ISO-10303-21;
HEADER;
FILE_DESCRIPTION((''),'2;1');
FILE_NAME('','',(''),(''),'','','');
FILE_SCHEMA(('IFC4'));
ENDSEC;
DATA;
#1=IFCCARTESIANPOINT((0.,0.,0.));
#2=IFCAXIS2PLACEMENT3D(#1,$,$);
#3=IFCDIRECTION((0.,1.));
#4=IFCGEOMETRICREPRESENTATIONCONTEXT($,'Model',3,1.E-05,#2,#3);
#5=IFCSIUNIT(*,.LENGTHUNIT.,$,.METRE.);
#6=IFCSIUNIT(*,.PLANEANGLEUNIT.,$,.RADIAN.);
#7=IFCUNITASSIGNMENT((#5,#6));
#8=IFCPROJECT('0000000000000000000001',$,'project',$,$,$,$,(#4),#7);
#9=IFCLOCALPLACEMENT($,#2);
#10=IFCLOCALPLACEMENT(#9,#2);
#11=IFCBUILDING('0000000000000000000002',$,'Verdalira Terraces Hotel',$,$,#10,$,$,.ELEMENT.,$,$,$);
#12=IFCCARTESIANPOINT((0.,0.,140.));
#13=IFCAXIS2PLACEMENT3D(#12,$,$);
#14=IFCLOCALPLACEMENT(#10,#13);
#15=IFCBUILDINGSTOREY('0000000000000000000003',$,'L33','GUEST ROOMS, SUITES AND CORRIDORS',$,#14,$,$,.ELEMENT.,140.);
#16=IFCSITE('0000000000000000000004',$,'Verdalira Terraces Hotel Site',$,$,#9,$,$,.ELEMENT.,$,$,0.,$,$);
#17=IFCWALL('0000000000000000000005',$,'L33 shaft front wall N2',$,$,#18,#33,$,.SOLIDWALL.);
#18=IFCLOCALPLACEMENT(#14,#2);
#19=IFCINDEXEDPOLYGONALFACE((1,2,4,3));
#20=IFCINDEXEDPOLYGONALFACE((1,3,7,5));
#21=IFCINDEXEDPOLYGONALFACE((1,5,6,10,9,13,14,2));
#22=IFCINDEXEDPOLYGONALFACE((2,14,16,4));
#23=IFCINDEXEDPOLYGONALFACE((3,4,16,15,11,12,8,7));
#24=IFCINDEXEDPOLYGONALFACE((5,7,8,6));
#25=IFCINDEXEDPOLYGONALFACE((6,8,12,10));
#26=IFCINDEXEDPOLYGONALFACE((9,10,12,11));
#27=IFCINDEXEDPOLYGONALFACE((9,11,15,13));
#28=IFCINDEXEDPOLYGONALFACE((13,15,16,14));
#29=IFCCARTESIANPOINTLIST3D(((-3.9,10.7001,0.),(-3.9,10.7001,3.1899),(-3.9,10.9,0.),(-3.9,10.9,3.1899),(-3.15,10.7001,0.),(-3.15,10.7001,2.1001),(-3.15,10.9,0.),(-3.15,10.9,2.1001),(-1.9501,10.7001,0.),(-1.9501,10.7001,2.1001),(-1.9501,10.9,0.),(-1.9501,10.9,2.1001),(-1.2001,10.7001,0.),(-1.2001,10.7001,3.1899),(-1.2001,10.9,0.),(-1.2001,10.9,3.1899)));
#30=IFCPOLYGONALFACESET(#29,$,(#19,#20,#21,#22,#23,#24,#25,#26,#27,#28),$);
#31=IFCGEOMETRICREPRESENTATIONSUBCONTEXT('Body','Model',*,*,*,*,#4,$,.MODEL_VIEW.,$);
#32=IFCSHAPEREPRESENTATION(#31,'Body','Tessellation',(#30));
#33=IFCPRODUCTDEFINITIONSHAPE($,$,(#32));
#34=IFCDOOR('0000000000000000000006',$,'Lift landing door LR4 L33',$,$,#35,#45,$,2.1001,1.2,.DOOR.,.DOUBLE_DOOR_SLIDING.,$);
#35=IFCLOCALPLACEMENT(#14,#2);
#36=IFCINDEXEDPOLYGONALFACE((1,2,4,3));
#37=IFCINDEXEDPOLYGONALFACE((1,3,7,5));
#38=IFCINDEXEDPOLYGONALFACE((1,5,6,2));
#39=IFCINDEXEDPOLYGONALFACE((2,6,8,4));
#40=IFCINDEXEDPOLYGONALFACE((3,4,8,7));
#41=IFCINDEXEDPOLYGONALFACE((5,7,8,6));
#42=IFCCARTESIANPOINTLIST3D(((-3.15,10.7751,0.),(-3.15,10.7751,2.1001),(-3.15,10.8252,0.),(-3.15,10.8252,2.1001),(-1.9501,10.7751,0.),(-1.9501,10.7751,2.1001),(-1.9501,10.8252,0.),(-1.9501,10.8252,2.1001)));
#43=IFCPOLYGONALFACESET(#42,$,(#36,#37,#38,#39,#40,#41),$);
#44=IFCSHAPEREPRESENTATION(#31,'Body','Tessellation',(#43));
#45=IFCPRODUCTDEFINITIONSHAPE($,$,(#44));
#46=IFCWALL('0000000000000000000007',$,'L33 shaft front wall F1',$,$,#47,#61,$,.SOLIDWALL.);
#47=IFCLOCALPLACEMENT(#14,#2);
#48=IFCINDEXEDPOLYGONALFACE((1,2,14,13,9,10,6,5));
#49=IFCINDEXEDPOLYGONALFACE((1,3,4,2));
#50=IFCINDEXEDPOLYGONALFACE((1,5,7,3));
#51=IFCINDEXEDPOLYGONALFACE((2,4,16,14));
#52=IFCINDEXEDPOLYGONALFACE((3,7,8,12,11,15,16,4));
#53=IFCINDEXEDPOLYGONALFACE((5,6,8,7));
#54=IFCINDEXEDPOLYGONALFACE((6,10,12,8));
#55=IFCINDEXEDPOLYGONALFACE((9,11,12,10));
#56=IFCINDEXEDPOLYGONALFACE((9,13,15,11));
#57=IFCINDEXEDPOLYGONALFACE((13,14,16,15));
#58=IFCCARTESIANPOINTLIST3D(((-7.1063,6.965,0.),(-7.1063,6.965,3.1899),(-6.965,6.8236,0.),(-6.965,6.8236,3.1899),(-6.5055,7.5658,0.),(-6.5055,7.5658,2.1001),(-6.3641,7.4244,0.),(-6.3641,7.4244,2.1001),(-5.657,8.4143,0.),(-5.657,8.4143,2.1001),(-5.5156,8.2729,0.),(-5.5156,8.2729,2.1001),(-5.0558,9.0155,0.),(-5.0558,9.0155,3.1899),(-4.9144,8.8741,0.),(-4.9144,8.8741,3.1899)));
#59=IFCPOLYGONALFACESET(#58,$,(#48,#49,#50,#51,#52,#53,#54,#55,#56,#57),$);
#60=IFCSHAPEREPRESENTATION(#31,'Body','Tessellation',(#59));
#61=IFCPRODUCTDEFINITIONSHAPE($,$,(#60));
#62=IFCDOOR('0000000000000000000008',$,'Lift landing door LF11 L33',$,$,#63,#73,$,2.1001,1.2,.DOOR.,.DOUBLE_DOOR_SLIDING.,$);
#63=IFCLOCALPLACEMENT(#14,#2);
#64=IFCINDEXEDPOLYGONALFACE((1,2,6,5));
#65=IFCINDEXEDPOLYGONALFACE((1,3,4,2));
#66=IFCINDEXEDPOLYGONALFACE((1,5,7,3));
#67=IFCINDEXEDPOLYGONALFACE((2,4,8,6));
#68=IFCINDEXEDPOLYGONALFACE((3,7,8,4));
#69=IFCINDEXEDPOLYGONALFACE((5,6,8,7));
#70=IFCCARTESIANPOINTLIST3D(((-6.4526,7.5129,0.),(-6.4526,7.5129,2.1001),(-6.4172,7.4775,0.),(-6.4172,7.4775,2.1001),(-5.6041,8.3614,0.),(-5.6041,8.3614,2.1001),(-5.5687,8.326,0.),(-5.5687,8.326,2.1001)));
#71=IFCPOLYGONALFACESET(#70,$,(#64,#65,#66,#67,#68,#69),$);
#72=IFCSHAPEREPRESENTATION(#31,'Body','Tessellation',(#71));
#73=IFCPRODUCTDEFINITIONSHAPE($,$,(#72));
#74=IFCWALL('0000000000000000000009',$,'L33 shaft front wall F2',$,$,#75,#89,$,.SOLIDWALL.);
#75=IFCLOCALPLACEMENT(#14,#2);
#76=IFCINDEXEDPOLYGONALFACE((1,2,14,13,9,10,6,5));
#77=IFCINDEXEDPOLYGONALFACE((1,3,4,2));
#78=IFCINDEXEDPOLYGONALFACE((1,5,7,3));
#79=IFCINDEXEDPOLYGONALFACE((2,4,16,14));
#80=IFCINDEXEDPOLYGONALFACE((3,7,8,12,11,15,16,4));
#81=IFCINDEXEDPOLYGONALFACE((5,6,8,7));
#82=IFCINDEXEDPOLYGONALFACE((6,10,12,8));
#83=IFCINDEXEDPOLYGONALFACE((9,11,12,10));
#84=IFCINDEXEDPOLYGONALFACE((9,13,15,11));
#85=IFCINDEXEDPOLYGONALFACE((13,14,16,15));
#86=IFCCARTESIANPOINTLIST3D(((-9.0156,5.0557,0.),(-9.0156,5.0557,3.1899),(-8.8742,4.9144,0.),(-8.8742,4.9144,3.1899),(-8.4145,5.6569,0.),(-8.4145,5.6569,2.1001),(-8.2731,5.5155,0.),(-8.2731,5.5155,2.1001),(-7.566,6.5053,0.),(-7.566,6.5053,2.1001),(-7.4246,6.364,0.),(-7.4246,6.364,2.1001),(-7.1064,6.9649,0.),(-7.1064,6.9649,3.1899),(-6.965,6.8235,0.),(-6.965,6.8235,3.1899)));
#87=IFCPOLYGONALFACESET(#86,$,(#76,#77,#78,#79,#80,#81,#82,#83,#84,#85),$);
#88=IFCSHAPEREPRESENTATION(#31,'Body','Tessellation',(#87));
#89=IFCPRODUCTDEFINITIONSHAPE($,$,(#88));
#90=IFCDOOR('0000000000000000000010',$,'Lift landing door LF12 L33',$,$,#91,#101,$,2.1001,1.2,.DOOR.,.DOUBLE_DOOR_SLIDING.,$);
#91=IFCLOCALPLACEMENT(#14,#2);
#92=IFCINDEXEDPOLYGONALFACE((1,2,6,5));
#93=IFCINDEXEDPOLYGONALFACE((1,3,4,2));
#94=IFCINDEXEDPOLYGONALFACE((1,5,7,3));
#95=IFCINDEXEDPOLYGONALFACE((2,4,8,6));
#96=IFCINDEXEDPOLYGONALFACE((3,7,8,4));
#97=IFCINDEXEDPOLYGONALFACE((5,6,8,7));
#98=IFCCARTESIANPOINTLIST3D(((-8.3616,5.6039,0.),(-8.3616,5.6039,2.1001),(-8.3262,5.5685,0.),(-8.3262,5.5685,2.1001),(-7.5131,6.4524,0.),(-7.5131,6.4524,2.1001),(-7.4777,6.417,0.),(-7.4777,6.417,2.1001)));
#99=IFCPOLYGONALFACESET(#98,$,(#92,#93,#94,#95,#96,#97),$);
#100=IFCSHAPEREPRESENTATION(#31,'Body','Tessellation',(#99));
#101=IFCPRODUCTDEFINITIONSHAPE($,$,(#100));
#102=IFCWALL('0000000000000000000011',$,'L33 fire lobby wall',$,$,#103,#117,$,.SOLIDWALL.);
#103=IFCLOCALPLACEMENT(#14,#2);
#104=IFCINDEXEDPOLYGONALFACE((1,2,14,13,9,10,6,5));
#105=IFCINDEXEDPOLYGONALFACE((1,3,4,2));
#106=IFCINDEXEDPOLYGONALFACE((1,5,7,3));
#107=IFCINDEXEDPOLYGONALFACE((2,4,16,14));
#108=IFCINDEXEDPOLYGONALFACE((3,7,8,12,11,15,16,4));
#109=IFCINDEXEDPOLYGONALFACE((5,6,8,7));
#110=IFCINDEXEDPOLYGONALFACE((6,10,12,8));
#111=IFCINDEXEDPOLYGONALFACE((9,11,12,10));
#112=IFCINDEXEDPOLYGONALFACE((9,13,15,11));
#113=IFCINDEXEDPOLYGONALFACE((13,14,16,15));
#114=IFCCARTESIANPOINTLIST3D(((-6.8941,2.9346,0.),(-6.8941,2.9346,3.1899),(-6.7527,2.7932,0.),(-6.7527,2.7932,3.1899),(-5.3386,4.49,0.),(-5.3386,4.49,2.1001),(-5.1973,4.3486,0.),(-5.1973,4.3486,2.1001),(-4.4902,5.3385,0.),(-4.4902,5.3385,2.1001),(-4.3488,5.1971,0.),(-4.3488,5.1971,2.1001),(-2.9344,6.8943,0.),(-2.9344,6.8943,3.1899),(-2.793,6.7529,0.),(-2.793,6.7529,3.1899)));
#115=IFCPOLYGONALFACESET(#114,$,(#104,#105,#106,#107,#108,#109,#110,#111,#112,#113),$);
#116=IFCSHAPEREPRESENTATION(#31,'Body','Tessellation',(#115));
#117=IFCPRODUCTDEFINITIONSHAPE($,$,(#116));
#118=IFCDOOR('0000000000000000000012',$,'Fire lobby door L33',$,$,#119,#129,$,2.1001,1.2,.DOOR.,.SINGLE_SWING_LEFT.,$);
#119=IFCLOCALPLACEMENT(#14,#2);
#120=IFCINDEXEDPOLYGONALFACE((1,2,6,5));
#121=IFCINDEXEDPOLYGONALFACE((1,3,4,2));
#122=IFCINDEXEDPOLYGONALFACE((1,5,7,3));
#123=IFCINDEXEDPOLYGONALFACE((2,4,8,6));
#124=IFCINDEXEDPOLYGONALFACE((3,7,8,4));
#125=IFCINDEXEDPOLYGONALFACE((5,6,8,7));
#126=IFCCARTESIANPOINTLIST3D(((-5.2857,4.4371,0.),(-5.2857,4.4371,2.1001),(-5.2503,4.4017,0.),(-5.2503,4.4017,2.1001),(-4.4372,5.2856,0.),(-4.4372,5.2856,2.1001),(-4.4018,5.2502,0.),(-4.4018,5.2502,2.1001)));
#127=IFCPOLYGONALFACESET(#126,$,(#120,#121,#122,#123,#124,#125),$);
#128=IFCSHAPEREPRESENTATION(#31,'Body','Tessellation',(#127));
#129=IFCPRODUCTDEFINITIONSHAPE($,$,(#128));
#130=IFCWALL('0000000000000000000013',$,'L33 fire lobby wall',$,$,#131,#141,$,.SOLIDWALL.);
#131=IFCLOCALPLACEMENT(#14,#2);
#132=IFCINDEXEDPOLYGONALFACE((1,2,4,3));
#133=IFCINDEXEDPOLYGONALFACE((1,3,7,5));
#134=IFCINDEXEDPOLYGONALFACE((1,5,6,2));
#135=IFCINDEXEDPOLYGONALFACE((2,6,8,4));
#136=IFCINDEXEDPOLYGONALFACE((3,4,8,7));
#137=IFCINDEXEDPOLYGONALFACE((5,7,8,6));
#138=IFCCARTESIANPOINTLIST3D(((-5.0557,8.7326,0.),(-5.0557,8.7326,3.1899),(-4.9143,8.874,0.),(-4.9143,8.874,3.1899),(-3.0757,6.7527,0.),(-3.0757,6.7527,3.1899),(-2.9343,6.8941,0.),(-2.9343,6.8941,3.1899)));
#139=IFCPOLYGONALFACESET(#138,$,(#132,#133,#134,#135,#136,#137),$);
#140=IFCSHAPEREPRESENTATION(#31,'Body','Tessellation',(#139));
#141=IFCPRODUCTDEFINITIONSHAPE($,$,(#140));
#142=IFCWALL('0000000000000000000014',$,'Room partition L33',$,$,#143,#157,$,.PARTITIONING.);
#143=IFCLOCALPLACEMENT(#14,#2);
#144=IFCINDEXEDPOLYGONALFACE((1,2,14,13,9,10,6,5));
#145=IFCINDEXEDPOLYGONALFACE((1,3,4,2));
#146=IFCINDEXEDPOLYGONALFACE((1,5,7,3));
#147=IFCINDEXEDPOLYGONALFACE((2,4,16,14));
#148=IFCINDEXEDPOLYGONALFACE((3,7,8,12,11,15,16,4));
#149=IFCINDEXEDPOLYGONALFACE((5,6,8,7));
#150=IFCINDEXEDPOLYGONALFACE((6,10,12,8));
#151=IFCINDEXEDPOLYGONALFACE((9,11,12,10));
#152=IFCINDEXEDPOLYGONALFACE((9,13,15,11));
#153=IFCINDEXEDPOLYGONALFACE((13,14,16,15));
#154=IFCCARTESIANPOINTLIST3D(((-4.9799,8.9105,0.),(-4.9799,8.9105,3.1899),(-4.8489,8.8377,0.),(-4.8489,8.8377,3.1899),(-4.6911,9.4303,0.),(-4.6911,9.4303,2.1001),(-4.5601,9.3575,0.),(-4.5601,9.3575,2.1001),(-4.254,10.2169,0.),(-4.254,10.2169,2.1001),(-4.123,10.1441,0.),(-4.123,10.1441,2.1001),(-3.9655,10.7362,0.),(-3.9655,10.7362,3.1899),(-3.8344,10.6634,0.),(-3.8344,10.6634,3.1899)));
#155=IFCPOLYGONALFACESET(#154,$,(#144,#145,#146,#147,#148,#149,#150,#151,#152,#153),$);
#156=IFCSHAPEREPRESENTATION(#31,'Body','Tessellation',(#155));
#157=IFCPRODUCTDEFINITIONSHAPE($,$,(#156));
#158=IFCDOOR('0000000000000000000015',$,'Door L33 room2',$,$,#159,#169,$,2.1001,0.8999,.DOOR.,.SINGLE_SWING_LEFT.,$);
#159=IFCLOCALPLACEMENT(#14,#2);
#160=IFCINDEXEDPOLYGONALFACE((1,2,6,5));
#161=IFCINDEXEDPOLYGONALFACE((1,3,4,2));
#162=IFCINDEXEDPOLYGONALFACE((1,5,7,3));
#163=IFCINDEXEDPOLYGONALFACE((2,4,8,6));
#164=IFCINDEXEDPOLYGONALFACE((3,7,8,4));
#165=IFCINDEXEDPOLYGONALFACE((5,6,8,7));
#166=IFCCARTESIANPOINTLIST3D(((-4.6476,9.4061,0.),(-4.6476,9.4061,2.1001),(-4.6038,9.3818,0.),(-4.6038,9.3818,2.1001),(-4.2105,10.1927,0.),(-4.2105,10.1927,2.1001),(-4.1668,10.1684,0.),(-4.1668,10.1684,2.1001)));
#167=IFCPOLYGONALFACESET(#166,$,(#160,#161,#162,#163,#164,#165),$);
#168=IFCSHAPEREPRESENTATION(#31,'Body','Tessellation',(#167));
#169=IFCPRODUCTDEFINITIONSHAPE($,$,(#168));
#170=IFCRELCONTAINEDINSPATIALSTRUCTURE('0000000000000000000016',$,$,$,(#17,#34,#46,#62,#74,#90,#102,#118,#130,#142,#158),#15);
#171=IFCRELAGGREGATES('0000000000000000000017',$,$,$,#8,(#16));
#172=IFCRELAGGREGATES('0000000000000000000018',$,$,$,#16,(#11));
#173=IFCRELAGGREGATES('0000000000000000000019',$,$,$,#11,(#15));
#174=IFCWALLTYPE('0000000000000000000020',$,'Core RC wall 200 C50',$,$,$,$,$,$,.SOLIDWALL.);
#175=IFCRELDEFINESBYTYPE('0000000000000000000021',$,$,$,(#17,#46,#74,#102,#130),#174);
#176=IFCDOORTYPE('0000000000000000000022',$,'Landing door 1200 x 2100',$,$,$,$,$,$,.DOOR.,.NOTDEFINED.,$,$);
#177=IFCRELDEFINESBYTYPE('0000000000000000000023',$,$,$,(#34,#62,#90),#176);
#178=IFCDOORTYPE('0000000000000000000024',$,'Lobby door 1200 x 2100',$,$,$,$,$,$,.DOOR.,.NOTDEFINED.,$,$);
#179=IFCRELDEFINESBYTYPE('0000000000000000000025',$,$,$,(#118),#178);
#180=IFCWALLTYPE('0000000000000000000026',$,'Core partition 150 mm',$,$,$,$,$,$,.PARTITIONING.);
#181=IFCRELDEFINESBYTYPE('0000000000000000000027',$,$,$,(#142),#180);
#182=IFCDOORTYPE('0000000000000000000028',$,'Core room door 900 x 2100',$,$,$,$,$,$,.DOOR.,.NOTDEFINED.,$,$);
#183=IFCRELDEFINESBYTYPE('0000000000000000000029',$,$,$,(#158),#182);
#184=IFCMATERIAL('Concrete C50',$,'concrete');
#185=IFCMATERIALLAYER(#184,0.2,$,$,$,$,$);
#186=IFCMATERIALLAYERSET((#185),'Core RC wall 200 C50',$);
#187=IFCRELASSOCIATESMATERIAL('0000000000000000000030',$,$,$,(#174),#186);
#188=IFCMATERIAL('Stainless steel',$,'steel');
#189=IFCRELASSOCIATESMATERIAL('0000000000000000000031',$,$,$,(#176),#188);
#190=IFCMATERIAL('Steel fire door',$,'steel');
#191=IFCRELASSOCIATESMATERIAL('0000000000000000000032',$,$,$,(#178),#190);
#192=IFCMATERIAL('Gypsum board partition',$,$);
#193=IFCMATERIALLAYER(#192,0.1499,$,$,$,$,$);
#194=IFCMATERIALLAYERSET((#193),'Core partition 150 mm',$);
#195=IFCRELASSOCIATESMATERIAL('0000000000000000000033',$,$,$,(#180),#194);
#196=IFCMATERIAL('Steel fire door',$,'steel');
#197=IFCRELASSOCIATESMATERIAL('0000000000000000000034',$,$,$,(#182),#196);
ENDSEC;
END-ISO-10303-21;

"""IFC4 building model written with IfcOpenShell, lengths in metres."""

from ifc_helpers import new_model, si_unit, direction, frame, frame_2d, origin, place, context, subcontext, project, spatial, rectangle, extrude, material, layer, layer_set, type_object, element, fill, save


model = new_model("IFC4")

# Units and contexts
model_context = context("Model", 3, precision=1e-05, world=origin(), true_north=direction((0.0, 1.0)))
body_context = subcontext(model_context, "Body", "Model", "MODEL_VIEW")
ifc_project = project(units=[si_unit("LENGTHUNIT", "METRE"), si_unit("PLANEANGLEUNIT", "RADIAN")], contexts=[model_context])

# Site, building, storey
site_placement = place(None, origin())
site = spatial("IfcSite", under=ifc_project, at=site_placement, Name="Verdalira Terraces Hotel Site", CompositionType="ELEMENT", RefElevation=0.0)
building_placement = place(site_placement, origin())
building = spatial("IfcBuilding", under=site, at=building_placement, Name="Verdalira Terraces Hotel", CompositionType="ELEMENT")
storey_placement = place(building_placement, frame((0.0, 0.0, 140.0)))
storey = spatial("IfcBuildingStorey", under=building, at=storey_placement, Name="L33", Description="GUEST ROOMS, SUITES AND CORRIDORS", CompositionType="ELEMENT", Elevation=140.0)

# Walls, openings, doors
ifc_material_1 = material(Name="Concrete C50", Category="concrete")
ifc_layer_1 = layer(ifc_material_1, 0.2)
ifc_layer_set_1 = layer_set([ifc_layer_1], Name="Core RC wall 200 C50")
wall_type_1 = type_object("IfcWallType", Name="Core RC wall 200 C50", PredefinedType="SOLIDWALL", material=ifc_layer_set_1)
wall_1_placement = place(storey_placement, frame((-1.2, 10.8, 0.0), z_axis=(0.0, 0.0, 1.0), x_axis=(-1.0, 0.0, 0.0)))
wall_1 = element("IfcWall", 1, at=wall_1_placement, inside=storey, type_object=wall_type_1, Name="L33 shaft front wall N2", PredefinedType="SOLIDWALL", context=body_context, shape_type="SweptSolid", body=[
    extrude(rectangle(XDim=2.7, YDim=0.2, at=frame_2d((1.3501, 0.0))), origin(), (0.0, 0.0, 1.0), 3.1899),
])
opening_1_placement = place(wall_1_placement, frame((0.75, 0.0, 0.0)))
opening_1 = element("IfcOpeningElement", 2, at=opening_1_placement, cuts=wall_1, PredefinedType="OPENING", context=body_context, shape_type="SweptSolid", body=[
    extrude(rectangle(XDim=1.2, YDim=2.1001, at=frame_2d((0.6001, 1.05))), frame((0.0, 0.1099, 0.0), z_axis=(0.0, -1.0, 0.0), x_axis=(1.0, 0.0, 0.0)), (0.0, 0.0, 1.0), 0.22),
])
ifc_material_2 = material(Name="Stainless steel", Category="steel")
door_type_1 = type_object("IfcDoorType", Name="Landing door 1200 x 2100", OperationType="NOTDEFINED", PredefinedType="DOOR", material=ifc_material_2)
door_1_placement = place(opening_1_placement, origin())
door_1 = element("IfcDoor", 3, at=door_1_placement, inside=storey, type_object=door_type_1, Name="Lift landing door LR4 L33", OperationType="DOUBLE_DOOR_SLIDING", OverallHeight=2.1001, OverallWidth=1.2, PredefinedType="DOOR", context=body_context, shape_type="SweptSolid", body=[
    extrude(rectangle(XDim=1.2, YDim=2.1001, at=frame_2d((0.6001, 1.05))), frame((0.0, 0.0249, 0.0), z_axis=(0.0, -1.0, 0.0), x_axis=(1.0, 0.0, 0.0)), (0.0, 0.0, 1.0), 0.05),
])
fill(opening_1, door_1)
wall_2_placement = place(storey_placement, frame((-4.9851, 8.9448, 0.0), z_axis=(0.0, 0.0, 1.0), x_axis=(-0.707107, -0.707107, 0.0)))
wall_2 = element("IfcWall", 4, at=wall_2_placement, inside=storey, type_object=wall_type_1, Name="L33 shaft front wall F1", PredefinedType="SOLIDWALL", context=body_context, shape_type="SweptSolid", body=[
    extrude(rectangle(XDim=2.8999, YDim=0.2, at=frame_2d((1.45, 0.0))), origin(), (0.0, 0.0, 1.0), 3.1899),
])
opening_2_placement = place(wall_2_placement, frame((0.8501, 0.0, 0.0)))
opening_2 = element("IfcOpeningElement", 5, at=opening_2_placement, cuts=wall_2, PredefinedType="OPENING", context=body_context, shape_type="SweptSolid", body=[
    extrude(rectangle(XDim=1.2, YDim=2.1001, at=frame_2d((0.6001, 1.05))), frame((0.0, 0.1099, 0.0), z_axis=(0.0, -1.0, 0.0), x_axis=(1.0, 0.0, 0.0)), (0.0, 0.0, 1.0), 0.22),
])
door_2_placement = place(opening_2_placement, origin())
door_2 = element("IfcDoor", 6, at=door_2_placement, inside=storey, type_object=door_type_1, Name="Lift landing door LF11 L33", OperationType="DOUBLE_DOOR_SLIDING", OverallHeight=2.1001, OverallWidth=1.2, PredefinedType="DOOR", context=body_context, shape_type="SweptSolid", body=[
    extrude(rectangle(XDim=1.2, YDim=2.1001, at=frame_2d((0.6001, 1.05))), frame((0.0, 0.0249, 0.0), z_axis=(0.0, -1.0, 0.0), x_axis=(1.0, 0.0, 0.0)), (0.0, 0.0, 1.0), 0.05),
])
fill(opening_2, door_2)
wall_3_placement = place(storey_placement, frame((-7.0356, 6.8943, 0.0), z_axis=(0.0, 0.0, 1.0), x_axis=(-0.707107, -0.707107, 0.0)))
wall_3 = element("IfcWall", 7, at=wall_3_placement, inside=storey, type_object=wall_type_1, Name="L33 shaft front wall F2", PredefinedType="SOLIDWALL", context=body_context, shape_type="SweptSolid", body=[
    extrude(rectangle(XDim=2.7, YDim=0.2, at=frame_2d((1.3501, 0.0))), origin(), (0.0, 0.0, 1.0), 3.1899),
])
opening_3_placement = place(wall_3_placement, frame((0.6499, 0.0, 0.0)))
opening_3 = element("IfcOpeningElement", 8, at=opening_3_placement, cuts=wall_3, PredefinedType="OPENING", context=body_context, shape_type="SweptSolid", body=[
    extrude(rectangle(XDim=1.2, YDim=2.1001, at=frame_2d((0.6001, 1.05))), frame((0.0, 0.1099, 0.0), z_axis=(0.0, -1.0, 0.0), x_axis=(1.0, 0.0, 0.0)), (0.0, 0.0, 1.0), 0.22),
])
door_3_placement = place(opening_3_placement, origin())
door_3 = element("IfcDoor", 9, at=door_3_placement, inside=storey, type_object=door_type_1, Name="Lift landing door LF12 L33", OperationType="DOUBLE_DOOR_SLIDING", OverallHeight=2.1001, OverallWidth=1.2, PredefinedType="DOOR", context=body_context, shape_type="SweptSolid", body=[
    extrude(rectangle(XDim=1.2, YDim=2.1001, at=frame_2d((0.6001, 1.05))), frame((0.0, 0.0249, 0.0), z_axis=(0.0, -1.0, 0.0), x_axis=(1.0, 0.0, 0.0)), (0.0, 0.0, 1.0), 0.05),
])
fill(opening_3, door_3)
wall_4_placement = place(storey_placement, frame((-2.8638, 6.8235, 0.0), z_axis=(0.0, 0.0, 1.0), x_axis=(-0.707107, -0.707107, 0.0)))
wall_4 = element("IfcWall", 10, at=wall_4_placement, inside=storey, type_object=wall_type_1, Name="L33 fire lobby wall", PredefinedType="SOLIDWALL", context=body_context, shape_type="SweptSolid", body=[
    extrude(rectangle(XDim=5.5999, YDim=0.2, at=frame_2d((2.7998, 0.0))), origin(), (0.0, 0.0, 1.0), 3.1899),
])
opening_4_placement = place(wall_4_placement, frame((2.2, 0.0, 0.0)))
opening_4 = element("IfcOpeningElement", 11, at=opening_4_placement, cuts=wall_4, PredefinedType="OPENING", context=body_context, shape_type="SweptSolid", body=[
    extrude(rectangle(XDim=1.2, YDim=2.1001, at=frame_2d((0.6001, 1.05))), frame((0.0, 0.1099, 0.0), z_axis=(0.0, -1.0, 0.0), x_axis=(1.0, 0.0, 0.0)), (0.0, 0.0, 1.0), 0.22),
])
ifc_material_3 = material(Name="Steel fire door", Category="steel")
door_type_2 = type_object("IfcDoorType", Name="Lobby door 1200 x 2100", OperationType="NOTDEFINED", PredefinedType="DOOR", material=ifc_material_3)
door_4_placement = place(opening_4_placement, origin())
door_4 = element("IfcDoor", 12, at=door_4_placement, inside=storey, type_object=door_type_2, Name="Fire lobby door L33", OperationType="SINGLE_SWING_LEFT", OverallHeight=2.1001, OverallWidth=1.2, PredefinedType="DOOR", context=body_context, shape_type="SweptSolid", body=[
    extrude(rectangle(XDim=1.2, YDim=2.1001, at=frame_2d((0.6001, 1.05))), frame((0.0, 0.0249, 0.0), z_axis=(0.0, -1.0, 0.0), x_axis=(1.0, 0.0, 0.0)), (0.0, 0.0, 1.0), 0.05),
])
fill(opening_4, door_4)

# Wall
wall_5_placement = place(storey_placement, frame((-3.0051, 6.8235, 0.0), z_axis=(0.0, 0.0, 1.0), x_axis=(-0.707107, 0.707107, 0.0)))
element("IfcWall", 13, at=wall_5_placement, inside=storey, type_object=wall_type_1, Name="L33 fire lobby wall", PredefinedType="SOLIDWALL", context=body_context, shape_type="SweptSolid", body=[
    extrude(rectangle(XDim=2.8, YDim=0.2, at=frame_2d((1.3999, 0.0))), origin(), (0.0, 0.0, 1.0), 3.1899),
])

# Wall, opening, door
ifc_material_4 = material(Name="Gypsum board partition")
ifc_layer_2 = layer(ifc_material_4, 0.1499)
ifc_layer_set_2 = layer_set([ifc_layer_2], Name="Core partition 150 mm")
wall_type_2 = type_object("IfcWallType", Name="Core partition 150 mm", PredefinedType="PARTITIONING", material=ifc_layer_set_2)
wall_6_placement = place(storey_placement, frame((-3.8999, 10.7, 0.0), z_axis=(0.0, 0.0, 1.0), x_axis=(-0.485693, -0.87413, 0.0)))
wall_6 = element("IfcWall", 14, at=wall_6_placement, inside=storey, type_object=wall_type_2, Name="Room partition L33", PredefinedType="PARTITIONING", context=body_context, shape_type="SweptSolid", body=[
    extrude(rectangle(XDim=2.0886, YDim=0.1499, at=frame_2d((1.0444, 0.0))), origin(), (0.0, 0.0, 1.0), 3.1899),
])
opening_5_placement = place(wall_6_placement, frame((0.5942, 0.0, 0.0)))
opening_5 = element("IfcOpeningElement", 15, at=opening_5_placement, cuts=wall_6, PredefinedType="OPENING", context=body_context, shape_type="SweptSolid", body=[
    extrude(rectangle(XDim=0.8999, YDim=2.1001, at=frame_2d((0.45, 1.05))), frame((0.0, 0.085, 0.0), z_axis=(0.0, -1.0, 0.0), x_axis=(1.0, 0.0, 0.0)), (0.0, 0.0, 1.0), 0.1699),
])
ifc_material_5 = material(Name="Steel fire door", Category="steel")
door_type_3 = type_object("IfcDoorType", Name="Core room door 900 x 2100", OperationType="NOTDEFINED", PredefinedType="DOOR", material=ifc_material_5)
door_5_placement = place(opening_5_placement, origin())
door_5 = element("IfcDoor", 16, at=door_5_placement, inside=storey, type_object=door_type_3, Name="Door L33 room2", OperationType="SINGLE_SWING_LEFT", OverallHeight=2.1001, OverallWidth=0.8999, PredefinedType="DOOR", context=body_context, shape_type="SweptSolid", body=[
    extrude(rectangle(XDim=0.8999, YDim=2.1001, at=frame_2d((0.45, 1.05))), frame((0.0, 0.0249, 0.0), z_axis=(0.0, -1.0, 0.0), x_axis=(1.0, 0.0, 0.0)), (0.0, 0.0, 1.0), 0.05),
])
fill(opening_5, door_5)

save(model, "model.ifc")
